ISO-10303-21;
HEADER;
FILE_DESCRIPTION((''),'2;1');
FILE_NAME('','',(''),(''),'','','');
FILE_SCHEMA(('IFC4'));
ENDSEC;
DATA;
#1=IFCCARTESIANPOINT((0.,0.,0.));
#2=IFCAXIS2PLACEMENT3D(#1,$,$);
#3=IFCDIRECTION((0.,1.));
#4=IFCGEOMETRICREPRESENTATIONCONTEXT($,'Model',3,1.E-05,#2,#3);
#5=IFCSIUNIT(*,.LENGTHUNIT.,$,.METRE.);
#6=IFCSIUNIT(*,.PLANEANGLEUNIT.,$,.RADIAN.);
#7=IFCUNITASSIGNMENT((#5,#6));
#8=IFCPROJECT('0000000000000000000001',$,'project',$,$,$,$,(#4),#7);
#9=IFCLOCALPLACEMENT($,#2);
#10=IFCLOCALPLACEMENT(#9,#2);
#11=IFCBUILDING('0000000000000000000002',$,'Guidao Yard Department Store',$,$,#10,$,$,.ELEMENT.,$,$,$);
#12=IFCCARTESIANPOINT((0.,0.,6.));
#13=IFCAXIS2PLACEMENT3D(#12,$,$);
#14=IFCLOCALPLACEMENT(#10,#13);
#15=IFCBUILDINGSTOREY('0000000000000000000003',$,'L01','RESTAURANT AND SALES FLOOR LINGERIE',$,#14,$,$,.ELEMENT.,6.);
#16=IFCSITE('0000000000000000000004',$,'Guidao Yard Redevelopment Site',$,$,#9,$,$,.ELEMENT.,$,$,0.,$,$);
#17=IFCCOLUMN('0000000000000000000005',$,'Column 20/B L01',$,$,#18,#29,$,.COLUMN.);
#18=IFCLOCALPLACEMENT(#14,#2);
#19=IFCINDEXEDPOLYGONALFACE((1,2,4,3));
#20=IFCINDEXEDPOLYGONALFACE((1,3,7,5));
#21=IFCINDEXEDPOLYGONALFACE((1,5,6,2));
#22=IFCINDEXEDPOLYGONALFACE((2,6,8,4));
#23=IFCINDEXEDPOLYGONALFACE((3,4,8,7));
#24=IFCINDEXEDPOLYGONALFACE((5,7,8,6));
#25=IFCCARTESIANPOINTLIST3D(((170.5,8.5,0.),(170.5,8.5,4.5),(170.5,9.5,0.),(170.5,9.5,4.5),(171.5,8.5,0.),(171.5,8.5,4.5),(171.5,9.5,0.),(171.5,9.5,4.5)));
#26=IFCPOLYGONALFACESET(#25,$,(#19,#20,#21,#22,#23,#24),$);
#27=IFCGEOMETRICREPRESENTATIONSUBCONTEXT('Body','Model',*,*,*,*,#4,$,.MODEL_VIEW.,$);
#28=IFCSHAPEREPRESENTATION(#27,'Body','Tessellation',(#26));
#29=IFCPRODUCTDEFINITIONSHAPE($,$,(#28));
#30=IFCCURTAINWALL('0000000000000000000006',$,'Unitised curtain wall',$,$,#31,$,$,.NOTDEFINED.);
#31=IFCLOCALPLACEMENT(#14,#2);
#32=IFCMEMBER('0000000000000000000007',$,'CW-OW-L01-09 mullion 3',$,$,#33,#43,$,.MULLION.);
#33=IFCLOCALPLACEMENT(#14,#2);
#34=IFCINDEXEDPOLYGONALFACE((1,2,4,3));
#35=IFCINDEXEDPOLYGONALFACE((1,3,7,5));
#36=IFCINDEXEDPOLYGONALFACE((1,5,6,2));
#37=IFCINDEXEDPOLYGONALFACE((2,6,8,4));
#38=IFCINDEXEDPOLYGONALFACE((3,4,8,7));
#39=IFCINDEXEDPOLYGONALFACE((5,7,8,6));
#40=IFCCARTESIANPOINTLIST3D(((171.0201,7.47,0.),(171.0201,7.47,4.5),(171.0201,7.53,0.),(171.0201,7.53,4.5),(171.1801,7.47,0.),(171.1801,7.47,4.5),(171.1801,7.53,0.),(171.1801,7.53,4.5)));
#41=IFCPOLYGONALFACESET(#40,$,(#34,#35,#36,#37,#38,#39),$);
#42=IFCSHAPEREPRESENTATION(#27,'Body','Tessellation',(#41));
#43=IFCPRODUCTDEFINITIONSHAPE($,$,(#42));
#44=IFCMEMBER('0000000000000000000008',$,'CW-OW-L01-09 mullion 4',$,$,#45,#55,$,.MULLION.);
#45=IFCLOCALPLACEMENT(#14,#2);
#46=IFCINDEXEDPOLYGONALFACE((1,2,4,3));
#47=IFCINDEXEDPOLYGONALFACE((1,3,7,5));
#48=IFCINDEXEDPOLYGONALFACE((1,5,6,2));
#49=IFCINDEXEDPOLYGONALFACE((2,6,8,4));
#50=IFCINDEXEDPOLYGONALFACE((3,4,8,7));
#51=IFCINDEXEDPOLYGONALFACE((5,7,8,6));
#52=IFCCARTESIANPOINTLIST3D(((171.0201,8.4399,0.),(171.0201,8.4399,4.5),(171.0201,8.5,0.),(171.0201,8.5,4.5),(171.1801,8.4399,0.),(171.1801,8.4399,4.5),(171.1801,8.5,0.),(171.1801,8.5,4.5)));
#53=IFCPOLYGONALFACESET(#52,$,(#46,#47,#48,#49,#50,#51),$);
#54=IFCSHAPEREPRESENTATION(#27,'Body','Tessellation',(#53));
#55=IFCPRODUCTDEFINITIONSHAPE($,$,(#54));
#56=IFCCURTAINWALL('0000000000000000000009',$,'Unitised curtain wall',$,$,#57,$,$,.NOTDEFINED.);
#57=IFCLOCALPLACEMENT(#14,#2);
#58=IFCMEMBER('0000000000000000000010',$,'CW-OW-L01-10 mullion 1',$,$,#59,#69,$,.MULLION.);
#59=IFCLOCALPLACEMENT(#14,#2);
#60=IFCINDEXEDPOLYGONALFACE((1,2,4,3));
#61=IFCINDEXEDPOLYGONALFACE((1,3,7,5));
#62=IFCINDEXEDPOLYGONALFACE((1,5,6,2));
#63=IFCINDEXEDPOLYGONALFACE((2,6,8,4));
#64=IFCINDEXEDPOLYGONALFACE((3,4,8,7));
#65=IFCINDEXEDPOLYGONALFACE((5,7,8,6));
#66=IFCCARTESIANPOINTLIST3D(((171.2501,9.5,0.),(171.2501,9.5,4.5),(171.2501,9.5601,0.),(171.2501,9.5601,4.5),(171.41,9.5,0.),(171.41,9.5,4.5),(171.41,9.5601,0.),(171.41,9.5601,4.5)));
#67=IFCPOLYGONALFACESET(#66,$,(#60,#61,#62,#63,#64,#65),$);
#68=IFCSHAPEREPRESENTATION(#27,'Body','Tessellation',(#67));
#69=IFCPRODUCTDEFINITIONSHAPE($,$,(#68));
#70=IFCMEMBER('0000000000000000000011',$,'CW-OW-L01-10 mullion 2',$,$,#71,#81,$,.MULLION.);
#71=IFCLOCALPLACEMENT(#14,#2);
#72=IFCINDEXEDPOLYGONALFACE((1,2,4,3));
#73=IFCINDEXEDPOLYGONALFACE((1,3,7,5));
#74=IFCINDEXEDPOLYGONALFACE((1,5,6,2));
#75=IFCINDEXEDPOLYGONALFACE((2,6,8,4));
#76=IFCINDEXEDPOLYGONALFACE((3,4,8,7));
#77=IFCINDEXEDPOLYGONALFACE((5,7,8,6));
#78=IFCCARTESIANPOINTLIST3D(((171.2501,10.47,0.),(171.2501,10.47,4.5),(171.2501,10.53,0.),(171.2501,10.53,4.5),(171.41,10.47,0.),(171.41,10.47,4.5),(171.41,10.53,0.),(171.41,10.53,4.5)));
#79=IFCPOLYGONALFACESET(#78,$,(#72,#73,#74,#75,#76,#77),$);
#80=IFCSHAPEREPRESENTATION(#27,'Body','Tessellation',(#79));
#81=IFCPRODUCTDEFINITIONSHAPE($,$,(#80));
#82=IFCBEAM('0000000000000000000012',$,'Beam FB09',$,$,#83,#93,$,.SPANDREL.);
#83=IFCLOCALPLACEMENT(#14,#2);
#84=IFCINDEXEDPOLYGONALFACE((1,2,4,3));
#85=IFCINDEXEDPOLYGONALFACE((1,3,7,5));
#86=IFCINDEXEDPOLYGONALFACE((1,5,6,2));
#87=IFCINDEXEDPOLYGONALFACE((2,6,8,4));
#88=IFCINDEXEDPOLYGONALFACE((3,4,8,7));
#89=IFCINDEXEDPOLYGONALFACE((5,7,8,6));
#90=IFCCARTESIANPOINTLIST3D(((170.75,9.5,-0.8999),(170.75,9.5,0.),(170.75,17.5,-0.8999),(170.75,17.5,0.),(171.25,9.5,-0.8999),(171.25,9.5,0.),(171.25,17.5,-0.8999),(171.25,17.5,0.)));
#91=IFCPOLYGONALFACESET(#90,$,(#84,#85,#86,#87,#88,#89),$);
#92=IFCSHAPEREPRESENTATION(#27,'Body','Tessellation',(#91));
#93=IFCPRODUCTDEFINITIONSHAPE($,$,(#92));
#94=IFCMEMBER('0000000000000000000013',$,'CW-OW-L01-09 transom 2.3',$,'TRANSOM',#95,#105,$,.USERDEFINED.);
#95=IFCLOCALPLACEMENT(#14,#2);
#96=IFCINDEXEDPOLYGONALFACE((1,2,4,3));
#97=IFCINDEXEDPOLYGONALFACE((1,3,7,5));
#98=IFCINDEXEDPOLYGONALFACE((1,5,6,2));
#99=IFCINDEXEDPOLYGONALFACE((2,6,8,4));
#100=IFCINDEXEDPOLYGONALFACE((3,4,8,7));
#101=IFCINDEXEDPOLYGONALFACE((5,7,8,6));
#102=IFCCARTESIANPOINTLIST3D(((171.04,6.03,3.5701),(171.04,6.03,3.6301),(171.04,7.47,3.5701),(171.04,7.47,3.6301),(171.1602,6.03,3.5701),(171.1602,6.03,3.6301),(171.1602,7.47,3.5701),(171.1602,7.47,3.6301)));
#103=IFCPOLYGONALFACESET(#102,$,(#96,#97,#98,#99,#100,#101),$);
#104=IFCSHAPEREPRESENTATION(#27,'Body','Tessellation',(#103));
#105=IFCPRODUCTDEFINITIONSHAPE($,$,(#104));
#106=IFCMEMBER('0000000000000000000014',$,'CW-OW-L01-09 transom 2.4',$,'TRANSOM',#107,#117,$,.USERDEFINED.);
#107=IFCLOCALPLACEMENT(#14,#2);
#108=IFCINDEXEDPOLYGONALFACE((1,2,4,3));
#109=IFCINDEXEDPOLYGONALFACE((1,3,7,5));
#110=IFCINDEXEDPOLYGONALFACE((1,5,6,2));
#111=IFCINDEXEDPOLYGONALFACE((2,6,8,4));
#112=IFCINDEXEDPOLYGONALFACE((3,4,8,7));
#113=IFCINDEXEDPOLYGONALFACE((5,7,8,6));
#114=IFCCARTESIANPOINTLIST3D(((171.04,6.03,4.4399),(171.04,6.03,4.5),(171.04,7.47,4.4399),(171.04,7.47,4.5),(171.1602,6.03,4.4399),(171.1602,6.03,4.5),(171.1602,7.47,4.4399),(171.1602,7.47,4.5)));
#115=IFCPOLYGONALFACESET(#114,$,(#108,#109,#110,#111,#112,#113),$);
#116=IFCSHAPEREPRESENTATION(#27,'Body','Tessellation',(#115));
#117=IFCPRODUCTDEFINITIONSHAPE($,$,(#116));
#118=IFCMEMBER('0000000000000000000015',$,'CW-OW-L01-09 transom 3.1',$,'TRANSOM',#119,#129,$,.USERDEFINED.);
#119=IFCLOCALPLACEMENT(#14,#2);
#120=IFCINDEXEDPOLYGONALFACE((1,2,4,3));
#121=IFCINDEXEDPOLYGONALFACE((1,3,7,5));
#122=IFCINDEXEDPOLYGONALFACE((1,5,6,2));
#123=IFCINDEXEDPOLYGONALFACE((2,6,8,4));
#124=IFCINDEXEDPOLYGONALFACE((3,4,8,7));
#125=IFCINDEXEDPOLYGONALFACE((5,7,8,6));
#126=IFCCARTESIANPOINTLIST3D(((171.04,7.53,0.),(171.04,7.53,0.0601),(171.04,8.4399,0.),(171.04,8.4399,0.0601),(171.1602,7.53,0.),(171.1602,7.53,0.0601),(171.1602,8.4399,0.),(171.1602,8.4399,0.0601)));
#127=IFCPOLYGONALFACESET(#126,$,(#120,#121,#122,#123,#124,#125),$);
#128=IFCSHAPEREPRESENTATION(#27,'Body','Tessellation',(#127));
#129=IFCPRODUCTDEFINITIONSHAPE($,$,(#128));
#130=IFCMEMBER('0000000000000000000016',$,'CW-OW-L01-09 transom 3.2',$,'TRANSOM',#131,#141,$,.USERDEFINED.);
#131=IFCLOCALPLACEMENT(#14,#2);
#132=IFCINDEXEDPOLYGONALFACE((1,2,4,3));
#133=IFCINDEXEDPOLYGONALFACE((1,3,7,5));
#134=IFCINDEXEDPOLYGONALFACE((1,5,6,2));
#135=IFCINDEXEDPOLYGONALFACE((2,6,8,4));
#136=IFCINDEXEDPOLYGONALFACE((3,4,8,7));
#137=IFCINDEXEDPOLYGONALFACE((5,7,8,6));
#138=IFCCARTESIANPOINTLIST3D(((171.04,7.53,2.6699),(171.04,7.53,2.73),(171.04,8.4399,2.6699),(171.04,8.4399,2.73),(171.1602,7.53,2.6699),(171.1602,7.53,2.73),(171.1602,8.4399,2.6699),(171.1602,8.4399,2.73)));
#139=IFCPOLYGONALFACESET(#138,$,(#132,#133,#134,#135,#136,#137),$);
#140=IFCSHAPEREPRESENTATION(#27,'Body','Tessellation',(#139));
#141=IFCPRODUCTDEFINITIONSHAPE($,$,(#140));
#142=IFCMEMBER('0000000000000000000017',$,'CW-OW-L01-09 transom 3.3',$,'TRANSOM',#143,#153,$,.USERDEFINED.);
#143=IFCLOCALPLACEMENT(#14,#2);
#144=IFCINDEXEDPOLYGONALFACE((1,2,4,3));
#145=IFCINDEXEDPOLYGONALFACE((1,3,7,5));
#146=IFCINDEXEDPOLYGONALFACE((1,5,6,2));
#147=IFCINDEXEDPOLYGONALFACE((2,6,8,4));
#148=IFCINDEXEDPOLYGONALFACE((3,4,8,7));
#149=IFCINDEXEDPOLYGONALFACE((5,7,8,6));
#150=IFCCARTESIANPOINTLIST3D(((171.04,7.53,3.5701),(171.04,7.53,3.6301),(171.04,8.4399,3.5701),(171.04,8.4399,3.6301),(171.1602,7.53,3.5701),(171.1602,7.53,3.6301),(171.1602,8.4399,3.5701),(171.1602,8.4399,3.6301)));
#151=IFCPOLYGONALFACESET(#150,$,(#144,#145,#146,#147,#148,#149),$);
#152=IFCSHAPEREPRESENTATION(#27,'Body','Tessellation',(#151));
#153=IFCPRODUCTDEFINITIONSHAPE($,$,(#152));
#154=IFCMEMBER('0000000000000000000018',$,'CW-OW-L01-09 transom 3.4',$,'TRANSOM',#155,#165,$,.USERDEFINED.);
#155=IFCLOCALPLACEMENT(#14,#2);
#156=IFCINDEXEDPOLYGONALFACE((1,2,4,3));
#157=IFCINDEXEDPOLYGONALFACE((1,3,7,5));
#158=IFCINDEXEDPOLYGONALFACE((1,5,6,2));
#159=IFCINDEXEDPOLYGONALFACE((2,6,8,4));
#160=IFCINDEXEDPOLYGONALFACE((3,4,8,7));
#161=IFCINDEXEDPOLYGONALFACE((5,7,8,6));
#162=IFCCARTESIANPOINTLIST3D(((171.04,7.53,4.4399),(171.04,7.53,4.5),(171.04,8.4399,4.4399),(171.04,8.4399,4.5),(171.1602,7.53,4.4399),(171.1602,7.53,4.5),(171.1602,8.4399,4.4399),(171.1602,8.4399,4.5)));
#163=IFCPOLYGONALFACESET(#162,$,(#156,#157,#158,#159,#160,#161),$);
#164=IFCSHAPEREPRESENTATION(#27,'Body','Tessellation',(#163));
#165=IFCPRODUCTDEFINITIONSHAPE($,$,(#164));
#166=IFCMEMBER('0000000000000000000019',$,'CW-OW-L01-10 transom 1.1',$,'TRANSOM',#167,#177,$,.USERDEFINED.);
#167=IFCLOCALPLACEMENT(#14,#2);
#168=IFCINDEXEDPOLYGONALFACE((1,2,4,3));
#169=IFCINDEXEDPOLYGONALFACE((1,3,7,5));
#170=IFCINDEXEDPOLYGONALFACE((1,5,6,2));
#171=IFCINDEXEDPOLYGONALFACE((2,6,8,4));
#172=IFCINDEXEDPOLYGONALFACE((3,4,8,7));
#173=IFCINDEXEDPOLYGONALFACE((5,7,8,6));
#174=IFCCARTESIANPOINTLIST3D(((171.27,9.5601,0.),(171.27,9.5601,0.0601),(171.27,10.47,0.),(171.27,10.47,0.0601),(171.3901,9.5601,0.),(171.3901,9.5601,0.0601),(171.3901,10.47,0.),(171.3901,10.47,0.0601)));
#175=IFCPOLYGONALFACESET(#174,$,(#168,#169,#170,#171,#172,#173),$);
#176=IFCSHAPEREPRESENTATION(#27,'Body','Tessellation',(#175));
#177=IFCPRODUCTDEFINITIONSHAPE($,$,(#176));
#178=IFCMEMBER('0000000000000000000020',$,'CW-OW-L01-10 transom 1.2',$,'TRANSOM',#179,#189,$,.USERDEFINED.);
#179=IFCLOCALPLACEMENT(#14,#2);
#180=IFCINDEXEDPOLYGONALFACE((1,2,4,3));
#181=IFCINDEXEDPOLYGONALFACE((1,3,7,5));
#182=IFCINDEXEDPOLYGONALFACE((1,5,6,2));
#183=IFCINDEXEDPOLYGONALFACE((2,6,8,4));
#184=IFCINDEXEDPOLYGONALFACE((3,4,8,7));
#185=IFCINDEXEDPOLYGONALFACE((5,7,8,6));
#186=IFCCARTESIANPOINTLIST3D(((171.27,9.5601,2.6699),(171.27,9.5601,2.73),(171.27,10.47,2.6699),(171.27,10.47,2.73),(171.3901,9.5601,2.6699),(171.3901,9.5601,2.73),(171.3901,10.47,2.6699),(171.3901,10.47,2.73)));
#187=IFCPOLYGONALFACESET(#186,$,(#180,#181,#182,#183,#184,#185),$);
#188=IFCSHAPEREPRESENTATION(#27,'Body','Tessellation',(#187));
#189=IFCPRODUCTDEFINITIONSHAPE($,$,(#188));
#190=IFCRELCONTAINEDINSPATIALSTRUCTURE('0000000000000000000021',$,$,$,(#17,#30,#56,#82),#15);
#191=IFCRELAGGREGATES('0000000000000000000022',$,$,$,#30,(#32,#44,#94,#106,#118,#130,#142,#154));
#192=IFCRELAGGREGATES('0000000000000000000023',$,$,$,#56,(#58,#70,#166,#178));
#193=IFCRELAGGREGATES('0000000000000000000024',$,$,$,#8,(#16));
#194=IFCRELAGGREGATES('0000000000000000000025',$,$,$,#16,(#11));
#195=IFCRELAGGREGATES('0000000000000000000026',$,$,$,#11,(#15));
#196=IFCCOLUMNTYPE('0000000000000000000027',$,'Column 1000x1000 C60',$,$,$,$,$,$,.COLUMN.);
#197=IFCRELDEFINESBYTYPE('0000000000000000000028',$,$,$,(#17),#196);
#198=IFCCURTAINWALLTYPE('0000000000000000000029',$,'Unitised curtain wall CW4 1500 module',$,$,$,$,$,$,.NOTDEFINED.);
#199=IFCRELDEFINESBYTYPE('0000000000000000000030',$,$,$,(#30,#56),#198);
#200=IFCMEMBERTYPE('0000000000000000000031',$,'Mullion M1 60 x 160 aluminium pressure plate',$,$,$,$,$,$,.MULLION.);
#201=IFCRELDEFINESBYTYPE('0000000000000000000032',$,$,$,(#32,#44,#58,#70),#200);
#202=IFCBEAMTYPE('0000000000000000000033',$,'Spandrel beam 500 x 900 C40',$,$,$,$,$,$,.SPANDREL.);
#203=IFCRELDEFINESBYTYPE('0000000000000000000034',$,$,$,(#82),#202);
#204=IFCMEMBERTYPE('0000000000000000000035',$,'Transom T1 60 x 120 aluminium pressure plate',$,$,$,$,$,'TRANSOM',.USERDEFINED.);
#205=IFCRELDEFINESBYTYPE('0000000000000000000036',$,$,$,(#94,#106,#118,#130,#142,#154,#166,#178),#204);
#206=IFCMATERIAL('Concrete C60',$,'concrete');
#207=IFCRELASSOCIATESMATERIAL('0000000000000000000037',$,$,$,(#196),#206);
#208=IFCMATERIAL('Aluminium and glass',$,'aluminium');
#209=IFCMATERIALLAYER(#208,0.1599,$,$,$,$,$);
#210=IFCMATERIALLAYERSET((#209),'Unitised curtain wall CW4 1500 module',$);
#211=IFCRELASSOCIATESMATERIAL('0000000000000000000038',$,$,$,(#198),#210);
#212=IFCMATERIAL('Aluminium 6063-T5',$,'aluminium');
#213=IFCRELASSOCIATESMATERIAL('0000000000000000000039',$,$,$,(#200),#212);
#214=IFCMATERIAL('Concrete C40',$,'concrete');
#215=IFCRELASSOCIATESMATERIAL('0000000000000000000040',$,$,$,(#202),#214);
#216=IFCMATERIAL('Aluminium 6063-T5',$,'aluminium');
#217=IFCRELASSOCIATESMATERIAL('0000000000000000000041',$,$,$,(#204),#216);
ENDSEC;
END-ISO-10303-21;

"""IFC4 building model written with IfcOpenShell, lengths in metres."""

from ifc_helpers import new_model, si_unit, direction, frame, origin, origin_2d, place, context, subcontext, project, spatial, rectangle, extrude, material, layer, layer_set, material_profile, profile_set, type_object, element, aggregate, save


model = new_model("IFC4")

# Units and contexts
model_context = context("Model", 3, precision=1e-05, world=origin(), true_north=direction((0.0, 1.0)))
body_context = subcontext(model_context, "Body", "Model", "MODEL_VIEW")
ifc_project = project(units=[si_unit("LENGTHUNIT", "METRE"), si_unit("PLANEANGLEUNIT", "RADIAN")], contexts=[model_context])

# Site, building, storey
site_placement = place(None, origin())
site = spatial("IfcSite", under=ifc_project, at=site_placement, Name="Guidao Yard Redevelopment Site", CompositionType="ELEMENT", RefElevation=0.0)
building_placement = place(site_placement, origin())
building = spatial("IfcBuilding", under=site, at=building_placement, Name="Guidao Yard Department Store", CompositionType="ELEMENT")
storey_placement = place(building_placement, frame((0.0, 0.0, 6.0)))
storey = spatial("IfcBuildingStorey", under=building, at=storey_placement, Name="L01", Description="RESTAURANT AND SALES FLOOR LINGERIE", CompositionType="ELEMENT", Elevation=6.0)

# Column
ifc_material_1 = material(Name="Concrete C60", Category="concrete")
ifc_material_profile_1 = material_profile(ifc_material_1, rectangle(XDim=1.0, YDim=1.0, at=origin_2d()), Name="COL 1000x1000")
ifc_profile_set_1 = profile_set([ifc_material_profile_1], Name="Concrete C60")
column_type = type_object("IfcColumnType", Name="Column 1000x1000 C60", PredefinedType="COLUMN", material=ifc_profile_set_1)
column_placement = place(storey_placement, frame((171.0, 9.0, 0.0), z_axis=(0.0, 0.0, 1.0), x_axis=(1.0, 0.0, 0.0)))
element("IfcColumn", 1, at=column_placement, inside=storey, type_object=column_type, Name="Column 20/B L01", PredefinedType="COLUMN", context=body_context, shape_type="SweptSolid", body=[
    extrude(rectangle(XDim=1.0, YDim=1.0, at=origin_2d()), origin(), (0.0, 0.0, 1.0), 4.5),
])

# Curtain walls, members
ifc_material_2 = material(Name="Aluminium and glass", Category="aluminium")
ifc_layer_1 = layer(ifc_material_2, 0.1599)
ifc_layer_set_1 = layer_set([ifc_layer_1], Name="Unitised curtain wall CW4 1500 module")
curtain_wall_type = type_object("IfcCurtainWallType", Name="Unitised curtain wall CW4 1500 module", PredefinedType="NOTDEFINED", material=ifc_layer_set_1)
curtain_wall_1_placement = place(storey_placement, origin())
curtain_wall_1 = element("IfcCurtainWall", 2, at=curtain_wall_1_placement, inside=storey, type_object=curtain_wall_type, Name="Unitised curtain wall", PredefinedType="NOTDEFINED")
ifc_material_3 = material(Name="Aluminium 6063-T5", Category="aluminium")
ifc_material_profile_2 = material_profile(ifc_material_3, rectangle(XDim=0.0601, YDim=0.1599, at=origin_2d()), Name="Mullion M1 60 x 160 aluminium pressure plate")
ifc_profile_set_2 = profile_set([ifc_material_profile_2], Name="Aluminium 6063-T5")
member_type_1 = type_object("IfcMemberType", Name="Mullion M1 60 x 160 aluminium pressure plate", PredefinedType="MULLION", material=ifc_profile_set_2)
member_1_placement = place(storey_placement, frame((171.1001, 7.5, 0.0), z_axis=(0.0, 0.0, 1.0), x_axis=(0.0, -1.0, 0.0)))
member_1 = element("IfcMember", 3, at=member_1_placement, type_object=member_type_1, Name="CW-OW-L01-09 mullion 3", PredefinedType="MULLION", context=body_context, shape_type="SweptSolid", body=[
    extrude(rectangle(XDim=0.0601, YDim=0.1599, at=origin_2d()), origin(), (0.0, 0.0, 1.0), 4.5),
])
member_2_placement = place(storey_placement, frame((171.1001, 8.47, 0.0), z_axis=(0.0, 0.0, 1.0), x_axis=(0.0, -1.0, 0.0)))
member_2 = element("IfcMember", 4, at=member_2_placement, type_object=member_type_1, Name="CW-OW-L01-09 mullion 4", PredefinedType="MULLION", context=body_context, shape_type="SweptSolid", body=[
    extrude(rectangle(XDim=0.0601, YDim=0.1599, at=origin_2d()), origin(), (0.0, 0.0, 1.0), 4.5),
])
curtain_wall_2_placement = place(storey_placement, origin())
curtain_wall_2 = element("IfcCurtainWall", 5, at=curtain_wall_2_placement, inside=storey, type_object=curtain_wall_type, Name="Unitised curtain wall", PredefinedType="NOTDEFINED")
member_3_placement = place(storey_placement, frame((171.3301, 9.53, 0.0), z_axis=(0.0, 0.0, 1.0), x_axis=(0.0, -1.0, 0.0)))
member_3 = element("IfcMember", 6, at=member_3_placement, type_object=member_type_1, Name="CW-OW-L01-10 mullion 1", PredefinedType="MULLION", context=body_context, shape_type="SweptSolid", body=[
    extrude(rectangle(XDim=0.0601, YDim=0.1599, at=origin_2d()), origin(), (0.0, 0.0, 1.0), 4.5),
])
member_4_placement = place(storey_placement, frame((171.3301, 10.5, 0.0), z_axis=(0.0, 0.0, 1.0), x_axis=(0.0, -1.0, 0.0)))
member_4 = element("IfcMember", 7, at=member_4_placement, type_object=member_type_1, Name="CW-OW-L01-10 mullion 2", PredefinedType="MULLION", context=body_context, shape_type="SweptSolid", body=[
    extrude(rectangle(XDim=0.0601, YDim=0.1599, at=origin_2d()), origin(), (0.0, 0.0, 1.0), 4.5),
])

# Beam
ifc_material_4 = material(Name="Concrete C40", Category="concrete")
ifc_material_profile_3 = material_profile(ifc_material_4, rectangle(XDim=0.5, YDim=0.8999, at=origin_2d()), Name="Spandrel beam 500 x 900 C40")
ifc_profile_set_3 = profile_set([ifc_material_profile_3], Name="Concrete C40")
beam_type = type_object("IfcBeamType", Name="Spandrel beam 500 x 900 C40", PredefinedType="SPANDREL", material=ifc_profile_set_3)
beam_placement = place(storey_placement, frame((171.0, 9.5, -0.45), z_axis=(0.0, 1.0, 0.0), x_axis=(-1.0, 0.0, 0.0)))
element("IfcBeam", 8, at=beam_placement, inside=storey, type_object=beam_type, Name="Beam FB09", PredefinedType="SPANDREL", context=body_context, shape_type="SweptSolid", body=[
    extrude(rectangle(XDim=0.5, YDim=0.8999, at=origin_2d()), origin(), (0.0, 0.0, 1.0), 8.0),
])

# Members
ifc_material_5 = material(Name="Aluminium 6063-T5", Category="aluminium")
ifc_material_profile_4 = material_profile(ifc_material_5, rectangle(XDim=0.1201, YDim=0.0601, at=origin_2d()), Name="Transom T1 60 x 120 aluminium pressure plate")
ifc_profile_set_4 = profile_set([ifc_material_profile_4], Name="Aluminium 6063-T5")
member_type_2 = type_object("IfcMemberType", Name="Transom T1 60 x 120 aluminium pressure plate", ElementType="TRANSOM", PredefinedType="USERDEFINED", material=ifc_profile_set_4)
member_5_placement = place(storey_placement, frame((171.1001, 7.47, 3.6001), z_axis=(0.0, -1.0, 0.0), x_axis=(1.0, 0.0, 0.0)))
member_5 = element("IfcMember", 9, at=member_5_placement, type_object=member_type_2, Name="CW-OW-L01-09 transom 2.3", ObjectType="TRANSOM", PredefinedType="USERDEFINED", context=body_context, shape_type="SweptSolid", body=[
    extrude(rectangle(XDim=0.1201, YDim=0.0601, at=origin_2d()), origin(), (0.0, 0.0, 1.0), 1.4399),
])
member_6_placement = place(storey_placement, frame((171.1001, 7.47, 4.47), z_axis=(0.0, -1.0, 0.0), x_axis=(1.0, 0.0, 0.0)))
member_6 = element("IfcMember", 10, at=member_6_placement, type_object=member_type_2, Name="CW-OW-L01-09 transom 2.4", ObjectType="TRANSOM", PredefinedType="USERDEFINED", context=body_context, shape_type="SweptSolid", body=[
    extrude(rectangle(XDim=0.1201, YDim=0.0601, at=origin_2d()), origin(), (0.0, 0.0, 1.0), 1.4399),
])
member_7_placement = place(storey_placement, frame((171.1001, 8.4399, 0.03), z_axis=(0.0, -1.0, 0.0), x_axis=(1.0, 0.0, 0.0)))
member_7 = element("IfcMember", 11, at=member_7_placement, type_object=member_type_2, Name="CW-OW-L01-09 transom 3.1", ObjectType="TRANSOM", PredefinedType="USERDEFINED", context=body_context, shape_type="SweptSolid", body=[
    extrude(rectangle(XDim=0.1201, YDim=0.0601, at=origin_2d()), origin(), (0.0, 0.0, 1.0), 0.9099),
])
member_8_placement = place(storey_placement, frame((171.1001, 8.4399, 2.7), z_axis=(0.0, -1.0, 0.0), x_axis=(1.0, 0.0, 0.0)))
member_8 = element("IfcMember", 12, at=member_8_placement, type_object=member_type_2, Name="CW-OW-L01-09 transom 3.2", ObjectType="TRANSOM", PredefinedType="USERDEFINED", context=body_context, shape_type="SweptSolid", body=[
    extrude(rectangle(XDim=0.1201, YDim=0.0601, at=origin_2d()), origin(), (0.0, 0.0, 1.0), 0.9099),
])
member_9_placement = place(storey_placement, frame((171.1001, 8.4399, 3.6001), z_axis=(0.0, -1.0, 0.0), x_axis=(1.0, 0.0, 0.0)))
member_9 = element("IfcMember", 13, at=member_9_placement, type_object=member_type_2, Name="CW-OW-L01-09 transom 3.3", ObjectType="TRANSOM", PredefinedType="USERDEFINED", context=body_context, shape_type="SweptSolid", body=[
    extrude(rectangle(XDim=0.1201, YDim=0.0601, at=origin_2d()), origin(), (0.0, 0.0, 1.0), 0.9099),
])
member_10_placement = place(storey_placement, frame((171.1001, 8.4399, 4.47), z_axis=(0.0, -1.0, 0.0), x_axis=(1.0, 0.0, 0.0)))
member_10 = element("IfcMember", 14, at=member_10_placement, type_object=member_type_2, Name="CW-OW-L01-09 transom 3.4", ObjectType="TRANSOM", PredefinedType="USERDEFINED", context=body_context, shape_type="SweptSolid", body=[
    extrude(rectangle(XDim=0.1201, YDim=0.0601, at=origin_2d()), origin(), (0.0, 0.0, 1.0), 0.9099),
])
member_11_placement = place(storey_placement, frame((171.3301, 10.47, 0.03), z_axis=(0.0, -1.0, 0.0), x_axis=(1.0, 0.0, 0.0)))
member_11 = element("IfcMember", 15, at=member_11_placement, type_object=member_type_2, Name="CW-OW-L01-10 transom 1.1", ObjectType="TRANSOM", PredefinedType="USERDEFINED", context=body_context, shape_type="SweptSolid", body=[
    extrude(rectangle(XDim=0.1201, YDim=0.0601, at=origin_2d()), origin(), (0.0, 0.0, 1.0), 0.9099),
])
member_12_placement = place(storey_placement, frame((171.3301, 10.47, 2.7), z_axis=(0.0, -1.0, 0.0), x_axis=(1.0, 0.0, 0.0)))
member_12 = element("IfcMember", 16, at=member_12_placement, type_object=member_type_2, Name="CW-OW-L01-10 transom 1.2", ObjectType="TRANSOM", PredefinedType="USERDEFINED", context=body_context, shape_type="SweptSolid", body=[
    extrude(rectangle(XDim=0.1201, YDim=0.0601, at=origin_2d()), origin(), (0.0, 0.0, 1.0), 0.9099),
])

aggregate(curtain_wall_1, [member_1, member_2, member_5, member_6, member_7, member_8, member_9, member_10])
aggregate(curtain_wall_2, [member_3, member_4, member_11, member_12])

save(model, "model.ifc")
